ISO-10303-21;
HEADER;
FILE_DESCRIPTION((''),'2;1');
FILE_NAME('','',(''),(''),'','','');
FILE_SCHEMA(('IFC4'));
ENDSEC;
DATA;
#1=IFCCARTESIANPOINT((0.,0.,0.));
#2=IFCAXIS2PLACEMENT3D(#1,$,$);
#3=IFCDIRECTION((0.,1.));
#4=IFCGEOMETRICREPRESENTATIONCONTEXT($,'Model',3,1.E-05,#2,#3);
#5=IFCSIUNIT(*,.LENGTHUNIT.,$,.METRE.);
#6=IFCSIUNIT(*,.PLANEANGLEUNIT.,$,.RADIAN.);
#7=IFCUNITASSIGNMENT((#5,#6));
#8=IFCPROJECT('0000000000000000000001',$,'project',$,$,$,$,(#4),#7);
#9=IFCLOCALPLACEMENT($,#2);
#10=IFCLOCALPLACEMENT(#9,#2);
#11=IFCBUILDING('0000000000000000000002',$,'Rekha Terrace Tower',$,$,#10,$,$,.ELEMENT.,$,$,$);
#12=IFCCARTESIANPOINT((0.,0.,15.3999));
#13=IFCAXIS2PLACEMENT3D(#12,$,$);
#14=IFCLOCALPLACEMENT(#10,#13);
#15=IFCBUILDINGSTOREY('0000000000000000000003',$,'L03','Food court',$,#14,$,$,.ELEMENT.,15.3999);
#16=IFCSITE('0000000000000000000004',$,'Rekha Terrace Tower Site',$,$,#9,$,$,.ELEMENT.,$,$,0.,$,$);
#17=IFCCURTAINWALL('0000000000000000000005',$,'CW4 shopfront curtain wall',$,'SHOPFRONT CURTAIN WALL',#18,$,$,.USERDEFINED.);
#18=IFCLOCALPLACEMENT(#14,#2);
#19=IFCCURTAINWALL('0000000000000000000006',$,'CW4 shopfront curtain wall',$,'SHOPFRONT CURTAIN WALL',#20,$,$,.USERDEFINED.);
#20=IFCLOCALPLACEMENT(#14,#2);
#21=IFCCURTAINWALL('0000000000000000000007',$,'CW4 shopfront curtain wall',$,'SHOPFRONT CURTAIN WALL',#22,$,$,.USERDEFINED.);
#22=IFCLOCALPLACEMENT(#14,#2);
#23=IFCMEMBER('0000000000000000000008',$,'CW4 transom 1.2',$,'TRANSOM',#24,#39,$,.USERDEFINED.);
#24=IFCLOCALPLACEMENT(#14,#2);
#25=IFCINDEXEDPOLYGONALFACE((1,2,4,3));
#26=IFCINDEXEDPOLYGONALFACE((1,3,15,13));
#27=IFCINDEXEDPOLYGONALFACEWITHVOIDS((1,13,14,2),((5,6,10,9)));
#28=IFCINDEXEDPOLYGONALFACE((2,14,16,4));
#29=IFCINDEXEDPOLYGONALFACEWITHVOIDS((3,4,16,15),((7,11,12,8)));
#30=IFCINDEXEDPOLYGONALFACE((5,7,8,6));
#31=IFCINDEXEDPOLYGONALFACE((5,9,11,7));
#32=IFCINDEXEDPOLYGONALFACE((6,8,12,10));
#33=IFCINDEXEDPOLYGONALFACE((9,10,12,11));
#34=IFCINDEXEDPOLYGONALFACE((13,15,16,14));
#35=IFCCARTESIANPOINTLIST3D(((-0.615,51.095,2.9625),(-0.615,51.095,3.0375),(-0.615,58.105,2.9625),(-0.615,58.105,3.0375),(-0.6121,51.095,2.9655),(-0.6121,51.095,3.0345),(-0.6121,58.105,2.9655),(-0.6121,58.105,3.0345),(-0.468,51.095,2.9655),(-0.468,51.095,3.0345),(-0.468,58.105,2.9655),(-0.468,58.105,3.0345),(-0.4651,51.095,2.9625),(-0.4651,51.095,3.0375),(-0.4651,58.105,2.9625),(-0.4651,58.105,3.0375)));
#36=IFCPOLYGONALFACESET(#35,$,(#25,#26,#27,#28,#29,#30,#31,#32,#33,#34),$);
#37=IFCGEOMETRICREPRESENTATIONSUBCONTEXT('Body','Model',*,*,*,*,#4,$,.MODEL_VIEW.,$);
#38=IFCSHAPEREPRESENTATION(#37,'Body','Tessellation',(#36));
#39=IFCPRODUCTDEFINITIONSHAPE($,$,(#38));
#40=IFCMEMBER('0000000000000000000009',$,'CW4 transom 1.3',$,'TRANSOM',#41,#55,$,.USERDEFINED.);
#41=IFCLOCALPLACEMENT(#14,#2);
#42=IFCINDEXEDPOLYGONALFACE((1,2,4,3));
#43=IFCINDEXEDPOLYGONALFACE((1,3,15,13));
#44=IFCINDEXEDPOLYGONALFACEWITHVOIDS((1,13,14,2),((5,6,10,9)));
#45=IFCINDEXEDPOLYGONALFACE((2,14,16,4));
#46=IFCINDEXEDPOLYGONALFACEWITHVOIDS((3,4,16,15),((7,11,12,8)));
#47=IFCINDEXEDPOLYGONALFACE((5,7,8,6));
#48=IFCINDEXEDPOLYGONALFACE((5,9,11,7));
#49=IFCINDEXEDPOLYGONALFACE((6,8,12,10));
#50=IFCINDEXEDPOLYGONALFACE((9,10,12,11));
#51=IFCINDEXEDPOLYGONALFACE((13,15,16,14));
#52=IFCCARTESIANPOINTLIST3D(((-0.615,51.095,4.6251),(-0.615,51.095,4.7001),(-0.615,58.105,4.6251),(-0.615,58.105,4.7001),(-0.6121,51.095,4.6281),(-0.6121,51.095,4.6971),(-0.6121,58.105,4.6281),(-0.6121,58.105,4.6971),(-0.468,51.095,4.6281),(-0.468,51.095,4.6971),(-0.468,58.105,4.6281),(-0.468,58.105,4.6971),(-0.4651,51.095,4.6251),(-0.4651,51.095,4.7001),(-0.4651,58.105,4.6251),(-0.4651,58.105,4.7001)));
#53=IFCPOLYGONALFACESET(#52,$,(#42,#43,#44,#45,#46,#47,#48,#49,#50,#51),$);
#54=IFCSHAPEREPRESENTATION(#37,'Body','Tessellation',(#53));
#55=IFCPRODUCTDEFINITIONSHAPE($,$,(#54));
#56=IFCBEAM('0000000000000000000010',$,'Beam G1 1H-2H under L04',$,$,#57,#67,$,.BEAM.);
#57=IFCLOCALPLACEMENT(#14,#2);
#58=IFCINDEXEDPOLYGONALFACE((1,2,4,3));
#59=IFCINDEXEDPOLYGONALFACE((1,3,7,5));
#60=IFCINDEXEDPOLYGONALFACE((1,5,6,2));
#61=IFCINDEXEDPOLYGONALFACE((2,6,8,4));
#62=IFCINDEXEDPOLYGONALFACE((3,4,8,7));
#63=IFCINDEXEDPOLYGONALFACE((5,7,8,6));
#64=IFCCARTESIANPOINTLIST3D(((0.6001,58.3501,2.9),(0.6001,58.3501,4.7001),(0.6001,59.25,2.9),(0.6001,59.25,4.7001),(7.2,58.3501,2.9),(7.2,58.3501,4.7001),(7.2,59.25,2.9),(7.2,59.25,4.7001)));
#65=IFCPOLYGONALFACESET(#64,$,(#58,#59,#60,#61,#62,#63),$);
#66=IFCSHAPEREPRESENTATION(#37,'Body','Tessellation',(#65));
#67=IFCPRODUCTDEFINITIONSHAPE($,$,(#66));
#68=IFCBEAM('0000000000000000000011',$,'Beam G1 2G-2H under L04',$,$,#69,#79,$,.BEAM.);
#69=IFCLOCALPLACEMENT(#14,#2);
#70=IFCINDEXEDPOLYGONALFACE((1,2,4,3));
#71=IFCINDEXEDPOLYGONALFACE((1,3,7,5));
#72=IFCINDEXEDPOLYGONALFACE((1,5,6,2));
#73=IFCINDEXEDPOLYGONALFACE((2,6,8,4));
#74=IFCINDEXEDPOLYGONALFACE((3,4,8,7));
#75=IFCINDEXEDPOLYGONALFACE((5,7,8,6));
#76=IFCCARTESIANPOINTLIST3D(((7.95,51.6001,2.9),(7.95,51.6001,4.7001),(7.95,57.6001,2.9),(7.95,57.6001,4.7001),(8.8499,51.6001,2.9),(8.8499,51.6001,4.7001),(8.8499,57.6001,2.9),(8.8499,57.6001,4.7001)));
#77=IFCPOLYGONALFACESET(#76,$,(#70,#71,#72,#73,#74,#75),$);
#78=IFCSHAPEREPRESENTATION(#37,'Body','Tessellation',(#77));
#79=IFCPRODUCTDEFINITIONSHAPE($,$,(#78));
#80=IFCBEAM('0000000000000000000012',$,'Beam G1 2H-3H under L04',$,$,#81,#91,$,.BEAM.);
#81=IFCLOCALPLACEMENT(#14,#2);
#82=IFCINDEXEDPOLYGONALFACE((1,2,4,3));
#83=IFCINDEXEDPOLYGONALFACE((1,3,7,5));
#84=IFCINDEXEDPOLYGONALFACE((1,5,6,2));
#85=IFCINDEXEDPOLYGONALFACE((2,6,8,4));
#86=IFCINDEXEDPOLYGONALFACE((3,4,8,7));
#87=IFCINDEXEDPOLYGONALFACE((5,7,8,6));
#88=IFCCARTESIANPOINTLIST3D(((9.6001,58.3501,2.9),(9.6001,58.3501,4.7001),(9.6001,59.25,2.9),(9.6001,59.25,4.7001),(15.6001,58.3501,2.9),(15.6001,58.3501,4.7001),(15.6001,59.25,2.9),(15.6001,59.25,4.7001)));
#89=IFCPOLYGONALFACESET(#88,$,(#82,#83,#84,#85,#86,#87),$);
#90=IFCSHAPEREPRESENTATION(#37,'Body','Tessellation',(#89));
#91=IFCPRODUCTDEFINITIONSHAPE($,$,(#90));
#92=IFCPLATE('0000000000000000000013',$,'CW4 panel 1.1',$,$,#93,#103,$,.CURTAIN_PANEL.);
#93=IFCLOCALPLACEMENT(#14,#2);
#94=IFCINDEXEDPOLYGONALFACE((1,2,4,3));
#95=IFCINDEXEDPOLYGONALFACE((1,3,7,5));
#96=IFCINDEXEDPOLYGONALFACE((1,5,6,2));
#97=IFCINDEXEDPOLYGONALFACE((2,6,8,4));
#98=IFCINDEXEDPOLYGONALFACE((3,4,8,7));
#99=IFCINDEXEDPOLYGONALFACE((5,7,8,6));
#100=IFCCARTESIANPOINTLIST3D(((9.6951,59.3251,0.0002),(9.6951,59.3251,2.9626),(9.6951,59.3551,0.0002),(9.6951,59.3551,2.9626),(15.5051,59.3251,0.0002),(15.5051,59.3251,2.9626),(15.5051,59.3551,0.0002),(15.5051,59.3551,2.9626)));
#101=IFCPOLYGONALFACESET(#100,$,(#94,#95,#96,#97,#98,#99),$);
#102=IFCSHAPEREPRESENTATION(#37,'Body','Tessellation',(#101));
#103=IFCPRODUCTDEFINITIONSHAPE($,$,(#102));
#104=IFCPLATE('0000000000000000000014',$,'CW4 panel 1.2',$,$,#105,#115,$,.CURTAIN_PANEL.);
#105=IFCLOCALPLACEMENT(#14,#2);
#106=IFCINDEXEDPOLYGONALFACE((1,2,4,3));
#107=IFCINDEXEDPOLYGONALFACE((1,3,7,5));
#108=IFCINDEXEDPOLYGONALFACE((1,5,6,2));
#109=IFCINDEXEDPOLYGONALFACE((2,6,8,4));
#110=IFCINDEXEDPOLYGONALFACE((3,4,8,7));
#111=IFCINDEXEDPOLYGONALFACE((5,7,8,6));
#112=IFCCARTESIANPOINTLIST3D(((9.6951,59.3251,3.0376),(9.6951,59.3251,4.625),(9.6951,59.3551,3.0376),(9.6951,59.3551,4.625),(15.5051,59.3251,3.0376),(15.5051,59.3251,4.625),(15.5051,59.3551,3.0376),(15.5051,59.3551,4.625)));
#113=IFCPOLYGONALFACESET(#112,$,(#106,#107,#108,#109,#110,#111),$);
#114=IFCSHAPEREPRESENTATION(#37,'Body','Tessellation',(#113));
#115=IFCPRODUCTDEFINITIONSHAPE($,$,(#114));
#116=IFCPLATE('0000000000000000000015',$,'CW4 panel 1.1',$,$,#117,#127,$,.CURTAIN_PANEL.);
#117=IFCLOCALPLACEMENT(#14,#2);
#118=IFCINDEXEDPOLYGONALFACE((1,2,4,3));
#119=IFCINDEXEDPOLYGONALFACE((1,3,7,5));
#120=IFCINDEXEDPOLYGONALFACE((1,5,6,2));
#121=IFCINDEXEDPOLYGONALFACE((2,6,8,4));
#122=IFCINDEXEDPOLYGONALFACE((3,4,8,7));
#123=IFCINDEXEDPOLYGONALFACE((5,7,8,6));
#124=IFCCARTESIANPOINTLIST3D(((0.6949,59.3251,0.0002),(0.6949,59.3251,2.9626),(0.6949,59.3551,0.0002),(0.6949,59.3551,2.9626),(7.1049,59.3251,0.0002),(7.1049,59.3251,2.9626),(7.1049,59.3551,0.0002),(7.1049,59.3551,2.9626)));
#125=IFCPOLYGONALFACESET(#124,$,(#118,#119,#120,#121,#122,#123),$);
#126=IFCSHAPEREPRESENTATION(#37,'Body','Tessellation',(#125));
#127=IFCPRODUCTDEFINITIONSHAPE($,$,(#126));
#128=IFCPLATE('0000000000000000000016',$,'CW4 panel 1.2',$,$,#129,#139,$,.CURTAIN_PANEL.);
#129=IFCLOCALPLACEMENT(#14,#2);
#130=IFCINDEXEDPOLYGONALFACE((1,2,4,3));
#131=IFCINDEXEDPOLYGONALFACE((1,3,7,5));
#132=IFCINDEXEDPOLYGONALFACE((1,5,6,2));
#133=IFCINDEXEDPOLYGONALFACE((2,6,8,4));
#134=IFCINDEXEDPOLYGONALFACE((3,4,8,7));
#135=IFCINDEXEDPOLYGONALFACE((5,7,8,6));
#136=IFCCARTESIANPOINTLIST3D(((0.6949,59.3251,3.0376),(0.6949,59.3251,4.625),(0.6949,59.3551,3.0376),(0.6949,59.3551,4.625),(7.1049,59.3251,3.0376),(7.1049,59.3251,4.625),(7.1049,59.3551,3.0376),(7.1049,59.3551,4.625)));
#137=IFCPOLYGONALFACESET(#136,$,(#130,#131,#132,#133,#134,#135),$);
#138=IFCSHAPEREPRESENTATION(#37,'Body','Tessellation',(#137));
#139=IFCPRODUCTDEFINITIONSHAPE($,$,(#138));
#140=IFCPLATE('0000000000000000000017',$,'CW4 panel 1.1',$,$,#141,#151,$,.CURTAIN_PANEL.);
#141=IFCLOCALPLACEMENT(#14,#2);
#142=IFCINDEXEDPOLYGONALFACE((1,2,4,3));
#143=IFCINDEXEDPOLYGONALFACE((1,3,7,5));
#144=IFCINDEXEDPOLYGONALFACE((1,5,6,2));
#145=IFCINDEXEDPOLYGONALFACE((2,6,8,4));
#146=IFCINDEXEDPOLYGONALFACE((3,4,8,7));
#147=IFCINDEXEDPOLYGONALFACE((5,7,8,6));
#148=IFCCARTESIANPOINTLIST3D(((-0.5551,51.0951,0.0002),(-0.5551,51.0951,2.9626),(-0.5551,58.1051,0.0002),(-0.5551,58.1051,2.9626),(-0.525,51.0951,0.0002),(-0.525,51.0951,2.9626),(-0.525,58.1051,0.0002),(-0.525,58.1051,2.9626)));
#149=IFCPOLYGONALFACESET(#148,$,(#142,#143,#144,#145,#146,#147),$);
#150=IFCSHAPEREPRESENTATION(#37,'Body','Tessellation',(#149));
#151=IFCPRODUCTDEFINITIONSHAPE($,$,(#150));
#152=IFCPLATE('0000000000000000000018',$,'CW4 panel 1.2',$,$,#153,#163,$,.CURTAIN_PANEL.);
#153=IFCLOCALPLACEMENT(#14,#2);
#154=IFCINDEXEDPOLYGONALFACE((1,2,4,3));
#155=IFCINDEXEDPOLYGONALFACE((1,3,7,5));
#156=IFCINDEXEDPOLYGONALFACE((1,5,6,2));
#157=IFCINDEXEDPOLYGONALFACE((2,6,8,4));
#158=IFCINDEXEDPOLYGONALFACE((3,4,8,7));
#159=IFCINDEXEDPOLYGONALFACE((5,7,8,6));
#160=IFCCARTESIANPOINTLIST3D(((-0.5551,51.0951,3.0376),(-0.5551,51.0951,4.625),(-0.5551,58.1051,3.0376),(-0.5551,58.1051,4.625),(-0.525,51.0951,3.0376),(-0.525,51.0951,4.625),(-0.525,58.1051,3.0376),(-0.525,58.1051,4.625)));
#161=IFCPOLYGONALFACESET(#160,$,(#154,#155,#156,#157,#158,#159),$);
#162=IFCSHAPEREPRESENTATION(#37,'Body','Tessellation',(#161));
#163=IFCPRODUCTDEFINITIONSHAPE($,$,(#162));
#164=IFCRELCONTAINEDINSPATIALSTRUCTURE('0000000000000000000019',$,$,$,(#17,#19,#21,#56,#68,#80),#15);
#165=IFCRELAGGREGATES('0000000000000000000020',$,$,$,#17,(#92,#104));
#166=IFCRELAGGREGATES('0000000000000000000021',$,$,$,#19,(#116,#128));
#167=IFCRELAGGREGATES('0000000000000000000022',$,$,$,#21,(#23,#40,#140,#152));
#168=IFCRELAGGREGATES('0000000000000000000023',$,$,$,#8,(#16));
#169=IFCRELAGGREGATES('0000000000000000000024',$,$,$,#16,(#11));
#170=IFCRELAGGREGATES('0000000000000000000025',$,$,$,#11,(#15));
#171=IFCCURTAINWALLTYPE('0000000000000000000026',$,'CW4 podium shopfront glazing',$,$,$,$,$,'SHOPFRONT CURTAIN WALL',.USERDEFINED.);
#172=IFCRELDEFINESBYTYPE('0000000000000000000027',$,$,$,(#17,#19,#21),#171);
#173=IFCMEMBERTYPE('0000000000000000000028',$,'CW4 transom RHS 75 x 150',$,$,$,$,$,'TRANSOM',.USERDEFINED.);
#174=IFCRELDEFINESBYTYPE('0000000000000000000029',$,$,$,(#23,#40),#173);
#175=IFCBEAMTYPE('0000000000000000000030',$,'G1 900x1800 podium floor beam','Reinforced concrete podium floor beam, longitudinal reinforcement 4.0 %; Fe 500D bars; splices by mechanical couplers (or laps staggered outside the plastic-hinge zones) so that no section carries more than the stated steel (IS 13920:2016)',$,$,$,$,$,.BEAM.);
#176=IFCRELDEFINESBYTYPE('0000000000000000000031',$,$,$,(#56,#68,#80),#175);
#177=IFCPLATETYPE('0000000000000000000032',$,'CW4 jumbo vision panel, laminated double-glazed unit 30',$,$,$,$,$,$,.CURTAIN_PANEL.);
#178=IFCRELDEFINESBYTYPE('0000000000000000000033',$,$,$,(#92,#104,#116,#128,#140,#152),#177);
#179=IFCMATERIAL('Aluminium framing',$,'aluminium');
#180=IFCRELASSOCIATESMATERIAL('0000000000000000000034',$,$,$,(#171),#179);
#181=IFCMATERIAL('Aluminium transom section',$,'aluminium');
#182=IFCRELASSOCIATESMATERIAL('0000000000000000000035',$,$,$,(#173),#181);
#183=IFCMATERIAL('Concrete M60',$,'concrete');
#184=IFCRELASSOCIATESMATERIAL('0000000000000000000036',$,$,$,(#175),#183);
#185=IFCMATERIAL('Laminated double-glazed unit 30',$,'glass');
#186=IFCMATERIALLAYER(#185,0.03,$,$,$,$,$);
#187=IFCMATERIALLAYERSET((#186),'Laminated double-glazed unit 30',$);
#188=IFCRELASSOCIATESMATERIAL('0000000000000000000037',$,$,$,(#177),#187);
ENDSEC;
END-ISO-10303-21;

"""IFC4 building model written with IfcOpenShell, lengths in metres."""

from ifc_helpers import new_model, si_unit, direction, frame, origin, origin_2d, place, context, subcontext, project, spatial, rectangle, hollow_rectangle, extrude, material, layer, layer_set, material_profile, profile_set, type_object, element, aggregate, save


model = new_model("IFC4")

# Units and contexts
model_context = context("Model", 3, precision=1e-05, world=origin(), true_north=direction((0.0, 1.0)))
body_context = subcontext(model_context, "Body", "Model", "MODEL_VIEW")
ifc_project = project(units=[si_unit("LENGTHUNIT", "METRE"), si_unit("PLANEANGLEUNIT", "RADIAN")], contexts=[model_context])

# Site, building, storey
site_placement = place(None, origin())
site = spatial("IfcSite", under=ifc_project, at=site_placement, Name="Rekha Terrace Tower Site", CompositionType="ELEMENT", RefElevation=0.0)
building_placement = place(site_placement, origin())
building = spatial("IfcBuilding", under=site, at=building_placement, Name="Rekha Terrace Tower", CompositionType="ELEMENT")
storey_placement = place(building_placement, frame((0.0, 0.0, 15.3999)))
storey = spatial("IfcBuildingStorey", under=building, at=storey_placement, Name="L03", Description="Food court", CompositionType="ELEMENT", Elevation=15.3999)

# Shared definitions
ifc_material_1 = material(Name="Concrete M60", Category="concrete")

# Curtain walls
ifc_material_2 = material(Name="Aluminium framing", Category="aluminium")
curtain_wall_type = type_object("IfcCurtainWallType", Name="CW4 podium shopfront glazing", ElementType="SHOPFRONT CURTAIN WALL", PredefinedType="USERDEFINED", material=ifc_material_2)
curtain_wall_1_placement = place(storey_placement, origin())
curtain_wall_1 = element("IfcCurtainWall", 1, at=curtain_wall_1_placement, inside=storey, type_object=curtain_wall_type, Name="CW4 shopfront curtain wall", ObjectType="SHOPFRONT CURTAIN WALL", PredefinedType="USERDEFINED")
curtain_wall_2_placement = place(storey_placement, origin())
curtain_wall_2 = element("IfcCurtainWall", 2, at=curtain_wall_2_placement, inside=storey, type_object=curtain_wall_type, Name="CW4 shopfront curtain wall", ObjectType="SHOPFRONT CURTAIN WALL", PredefinedType="USERDEFINED")

# Curtain wall
curtain_wall_3_placement = place(storey_placement, origin())
curtain_wall_3 = element("IfcCurtainWall", 3, at=curtain_wall_3_placement, inside=storey, type_object=curtain_wall_type, Name="CW4 shopfront curtain wall", ObjectType="SHOPFRONT CURTAIN WALL", PredefinedType="USERDEFINED")

# Members
ifc_material_3 = material(Name="Aluminium transom section", Category="aluminium")
ifc_material_profile_1 = material_profile(ifc_material_3, hollow_rectangle(XDim=0.1499, YDim=0.075, WallThickness=0.0029, at=origin_2d()), Name="AL RHS 150x75")
ifc_profile_set_1 = profile_set([ifc_material_profile_1], Name="Aluminium transom section")
member_type_1 = type_object("IfcMemberType", Name="CW4 transom RHS 75 x 150", ElementType="TRANSOM", PredefinedType="USERDEFINED", material=ifc_profile_set_1)
member_1_placement = place(storey_placement, frame((-0.54, 58.105, 3.0), z_axis=(0.0, -1.0, 0.0), x_axis=(1.0, 0.0, 0.0)))
member_1 = element("IfcMember", 4, at=member_1_placement, type_object=member_type_1, Name="CW4 transom 1.2", ObjectType="TRANSOM", PredefinedType="USERDEFINED", context=body_context, shape_type="SweptSolid", body=[
    extrude(hollow_rectangle(XDim=0.1499, YDim=0.075, WallThickness=0.0029, at=origin_2d()), origin(), (0.0, 0.0, 1.0), 7.01),
])
member_2_placement = place(storey_placement, frame((-0.54, 58.105, 4.6626), z_axis=(0.0, -1.0, 0.0), x_axis=(1.0, 0.0, 0.0)))
member_2 = element("IfcMember", 5, at=member_2_placement, type_object=member_type_1, Name="CW4 transom 1.3", ObjectType="TRANSOM", PredefinedType="USERDEFINED", context=body_context, shape_type="SweptSolid", body=[
    extrude(hollow_rectangle(XDim=0.1499, YDim=0.075, WallThickness=0.0029, at=origin_2d()), origin(), (0.0, 0.0, 1.0), 7.01),
])

# Beams
ifc_material_profile_2 = material_profile(ifc_material_1, rectangle(XDim=0.8999, YDim=1.8, at=origin_2d()), Name="RC 900x1800")
ifc_profile_set_2 = profile_set([ifc_material_profile_2], Name="Concrete M60")
beam_type = type_object("IfcBeamType", Name="G1 900x1800 podium floor beam", Description="Reinforced concrete podium floor beam, longitudinal reinforcement 4.0 %; Fe 500D bars; splices by mechanical couplers (or laps staggered outside the plastic-hinge zones) so that no section carries more than the stated steel (IS 13920:2016)", PredefinedType="BEAM", material=ifc_profile_set_2)
beam_placement = place(storey_placement, frame((0.6001, 58.8, 3.8), z_axis=(1.0, 0.0, 0.0), x_axis=(0.0, 1.0, 0.0)))
element("IfcBeam", 6, at=beam_placement, inside=storey, type_object=beam_type, Name="Beam G1 1H-2H under L04", PredefinedType="BEAM", context=body_context, shape_type="SweptSolid", body=[
    extrude(rectangle(XDim=0.8999, YDim=1.8, at=origin_2d()), origin(), (0.0, 0.0, 1.0), 6.5999),
])
for number, where, z_axis, x_axis, name in (
    (7, (8.3999, 51.6001, 3.8), (0.0, 1.0, 0.0), (-1.0, 0.0, 0.0), "Beam G1 2G-2H under L04"),
    (8, (9.6001, 58.8, 3.8), (1.0, 0.0, 0.0), (0.0, 1.0, 0.0), "Beam G1 2H-3H under L04"),
):
    element("IfcBeam", number, at=place(storey_placement, frame(where, z_axis=z_axis, x_axis=x_axis)), inside=storey, type_object=beam_type, Name=name, PredefinedType="BEAM", context=body_context, shape_type="SweptSolid", body=[
        extrude(rectangle(XDim=0.8999, YDim=1.8, at=origin_2d()), origin(), (0.0, 0.0, 1.0), 6.0),
    ])

# Plates
ifc_material_4 = material(Name="Laminated double-glazed unit 30", Category="glass")
ifc_layer = layer(ifc_material_4, 0.03)
ifc_layer_set = layer_set([ifc_layer], Name="Laminated double-glazed unit 30")
plate_type = type_object("IfcPlateType", Name="CW4 jumbo vision panel, laminated double-glazed unit 30", PredefinedType="CURTAIN_PANEL", material=ifc_layer_set)
plate_1_placement = place(storey_placement, frame((12.6001, 59.3401, 0.0002), z_axis=(0.0, 0.0, 1.0), x_axis=(-1.0, 0.0, 0.0)))
plate_1 = element("IfcPlate", 9, at=plate_1_placement, type_object=plate_type, Name="CW4 panel 1.1", PredefinedType="CURTAIN_PANEL", context=body_context, shape_type="SweptSolid", body=[
    extrude(rectangle(XDim=5.8101, YDim=0.03, at=origin_2d()), origin(), (0.0, 0.0, 1.0), 2.9624),
])
plate_2_placement = place(storey_placement, frame((12.6001, 59.3401, 3.0376), z_axis=(0.0, 0.0, 1.0), x_axis=(-1.0, 0.0, 0.0)))
plate_2 = element("IfcPlate", 10, at=plate_2_placement, type_object=plate_type, Name="CW4 panel 1.2", PredefinedType="CURTAIN_PANEL", context=body_context, shape_type="SweptSolid", body=[
    extrude(rectangle(XDim=5.8101, YDim=0.03, at=origin_2d()), origin(), (0.0, 0.0, 1.0), 1.5874),
])
aggregate(curtain_wall_1, [plate_1, plate_2])
plate_3_placement = place(storey_placement, frame((3.8999, 59.3401, 0.0002), z_axis=(0.0, 0.0, 1.0), x_axis=(-1.0, 0.0, 0.0)))
plate_3 = element("IfcPlate", 11, at=plate_3_placement, type_object=plate_type, Name="CW4 panel 1.1", PredefinedType="CURTAIN_PANEL", context=body_context, shape_type="SweptSolid", body=[
    extrude(rectangle(XDim=6.4099, YDim=0.03, at=origin_2d()), origin(), (0.0, 0.0, 1.0), 2.9624),
])
plate_4_placement = place(storey_placement, frame((3.8999, 59.3401, 3.0376), z_axis=(0.0, 0.0, 1.0), x_axis=(-1.0, 0.0, 0.0)))
plate_4 = element("IfcPlate", 12, at=plate_4_placement, type_object=plate_type, Name="CW4 panel 1.2", PredefinedType="CURTAIN_PANEL", context=body_context, shape_type="SweptSolid", body=[
    extrude(rectangle(XDim=6.4099, YDim=0.03, at=origin_2d()), origin(), (0.0, 0.0, 1.0), 1.5874),
])
aggregate(curtain_wall_2, [plate_3, plate_4])
plate_5_placement = place(storey_placement, frame((-0.54, 54.6001, 0.0002), z_axis=(0.0, 0.0, 1.0), x_axis=(0.0, -1.0, 0.0)))
plate_5 = element("IfcPlate", 13, at=plate_5_placement, type_object=plate_type, Name="CW4 panel 1.1", PredefinedType="CURTAIN_PANEL", context=body_context, shape_type="SweptSolid", body=[
    extrude(rectangle(XDim=7.01, YDim=0.03, at=origin_2d()), origin(), (0.0, 0.0, 1.0), 2.9624),
])
plate_6_placement = place(storey_placement, frame((-0.54, 54.6001, 3.0376), z_axis=(0.0, 0.0, 1.0), x_axis=(0.0, -1.0, 0.0)))
plate_6 = element("IfcPlate", 14, at=plate_6_placement, type_object=plate_type, Name="CW4 panel 1.2", PredefinedType="CURTAIN_PANEL", context=body_context, shape_type="SweptSolid", body=[
    extrude(rectangle(XDim=7.01, YDim=0.03, at=origin_2d()), origin(), (0.0, 0.0, 1.0), 1.5874),
])
aggregate(curtain_wall_3, [member_1, member_2, plate_5, plate_6])

save(model, "model.ifc")
